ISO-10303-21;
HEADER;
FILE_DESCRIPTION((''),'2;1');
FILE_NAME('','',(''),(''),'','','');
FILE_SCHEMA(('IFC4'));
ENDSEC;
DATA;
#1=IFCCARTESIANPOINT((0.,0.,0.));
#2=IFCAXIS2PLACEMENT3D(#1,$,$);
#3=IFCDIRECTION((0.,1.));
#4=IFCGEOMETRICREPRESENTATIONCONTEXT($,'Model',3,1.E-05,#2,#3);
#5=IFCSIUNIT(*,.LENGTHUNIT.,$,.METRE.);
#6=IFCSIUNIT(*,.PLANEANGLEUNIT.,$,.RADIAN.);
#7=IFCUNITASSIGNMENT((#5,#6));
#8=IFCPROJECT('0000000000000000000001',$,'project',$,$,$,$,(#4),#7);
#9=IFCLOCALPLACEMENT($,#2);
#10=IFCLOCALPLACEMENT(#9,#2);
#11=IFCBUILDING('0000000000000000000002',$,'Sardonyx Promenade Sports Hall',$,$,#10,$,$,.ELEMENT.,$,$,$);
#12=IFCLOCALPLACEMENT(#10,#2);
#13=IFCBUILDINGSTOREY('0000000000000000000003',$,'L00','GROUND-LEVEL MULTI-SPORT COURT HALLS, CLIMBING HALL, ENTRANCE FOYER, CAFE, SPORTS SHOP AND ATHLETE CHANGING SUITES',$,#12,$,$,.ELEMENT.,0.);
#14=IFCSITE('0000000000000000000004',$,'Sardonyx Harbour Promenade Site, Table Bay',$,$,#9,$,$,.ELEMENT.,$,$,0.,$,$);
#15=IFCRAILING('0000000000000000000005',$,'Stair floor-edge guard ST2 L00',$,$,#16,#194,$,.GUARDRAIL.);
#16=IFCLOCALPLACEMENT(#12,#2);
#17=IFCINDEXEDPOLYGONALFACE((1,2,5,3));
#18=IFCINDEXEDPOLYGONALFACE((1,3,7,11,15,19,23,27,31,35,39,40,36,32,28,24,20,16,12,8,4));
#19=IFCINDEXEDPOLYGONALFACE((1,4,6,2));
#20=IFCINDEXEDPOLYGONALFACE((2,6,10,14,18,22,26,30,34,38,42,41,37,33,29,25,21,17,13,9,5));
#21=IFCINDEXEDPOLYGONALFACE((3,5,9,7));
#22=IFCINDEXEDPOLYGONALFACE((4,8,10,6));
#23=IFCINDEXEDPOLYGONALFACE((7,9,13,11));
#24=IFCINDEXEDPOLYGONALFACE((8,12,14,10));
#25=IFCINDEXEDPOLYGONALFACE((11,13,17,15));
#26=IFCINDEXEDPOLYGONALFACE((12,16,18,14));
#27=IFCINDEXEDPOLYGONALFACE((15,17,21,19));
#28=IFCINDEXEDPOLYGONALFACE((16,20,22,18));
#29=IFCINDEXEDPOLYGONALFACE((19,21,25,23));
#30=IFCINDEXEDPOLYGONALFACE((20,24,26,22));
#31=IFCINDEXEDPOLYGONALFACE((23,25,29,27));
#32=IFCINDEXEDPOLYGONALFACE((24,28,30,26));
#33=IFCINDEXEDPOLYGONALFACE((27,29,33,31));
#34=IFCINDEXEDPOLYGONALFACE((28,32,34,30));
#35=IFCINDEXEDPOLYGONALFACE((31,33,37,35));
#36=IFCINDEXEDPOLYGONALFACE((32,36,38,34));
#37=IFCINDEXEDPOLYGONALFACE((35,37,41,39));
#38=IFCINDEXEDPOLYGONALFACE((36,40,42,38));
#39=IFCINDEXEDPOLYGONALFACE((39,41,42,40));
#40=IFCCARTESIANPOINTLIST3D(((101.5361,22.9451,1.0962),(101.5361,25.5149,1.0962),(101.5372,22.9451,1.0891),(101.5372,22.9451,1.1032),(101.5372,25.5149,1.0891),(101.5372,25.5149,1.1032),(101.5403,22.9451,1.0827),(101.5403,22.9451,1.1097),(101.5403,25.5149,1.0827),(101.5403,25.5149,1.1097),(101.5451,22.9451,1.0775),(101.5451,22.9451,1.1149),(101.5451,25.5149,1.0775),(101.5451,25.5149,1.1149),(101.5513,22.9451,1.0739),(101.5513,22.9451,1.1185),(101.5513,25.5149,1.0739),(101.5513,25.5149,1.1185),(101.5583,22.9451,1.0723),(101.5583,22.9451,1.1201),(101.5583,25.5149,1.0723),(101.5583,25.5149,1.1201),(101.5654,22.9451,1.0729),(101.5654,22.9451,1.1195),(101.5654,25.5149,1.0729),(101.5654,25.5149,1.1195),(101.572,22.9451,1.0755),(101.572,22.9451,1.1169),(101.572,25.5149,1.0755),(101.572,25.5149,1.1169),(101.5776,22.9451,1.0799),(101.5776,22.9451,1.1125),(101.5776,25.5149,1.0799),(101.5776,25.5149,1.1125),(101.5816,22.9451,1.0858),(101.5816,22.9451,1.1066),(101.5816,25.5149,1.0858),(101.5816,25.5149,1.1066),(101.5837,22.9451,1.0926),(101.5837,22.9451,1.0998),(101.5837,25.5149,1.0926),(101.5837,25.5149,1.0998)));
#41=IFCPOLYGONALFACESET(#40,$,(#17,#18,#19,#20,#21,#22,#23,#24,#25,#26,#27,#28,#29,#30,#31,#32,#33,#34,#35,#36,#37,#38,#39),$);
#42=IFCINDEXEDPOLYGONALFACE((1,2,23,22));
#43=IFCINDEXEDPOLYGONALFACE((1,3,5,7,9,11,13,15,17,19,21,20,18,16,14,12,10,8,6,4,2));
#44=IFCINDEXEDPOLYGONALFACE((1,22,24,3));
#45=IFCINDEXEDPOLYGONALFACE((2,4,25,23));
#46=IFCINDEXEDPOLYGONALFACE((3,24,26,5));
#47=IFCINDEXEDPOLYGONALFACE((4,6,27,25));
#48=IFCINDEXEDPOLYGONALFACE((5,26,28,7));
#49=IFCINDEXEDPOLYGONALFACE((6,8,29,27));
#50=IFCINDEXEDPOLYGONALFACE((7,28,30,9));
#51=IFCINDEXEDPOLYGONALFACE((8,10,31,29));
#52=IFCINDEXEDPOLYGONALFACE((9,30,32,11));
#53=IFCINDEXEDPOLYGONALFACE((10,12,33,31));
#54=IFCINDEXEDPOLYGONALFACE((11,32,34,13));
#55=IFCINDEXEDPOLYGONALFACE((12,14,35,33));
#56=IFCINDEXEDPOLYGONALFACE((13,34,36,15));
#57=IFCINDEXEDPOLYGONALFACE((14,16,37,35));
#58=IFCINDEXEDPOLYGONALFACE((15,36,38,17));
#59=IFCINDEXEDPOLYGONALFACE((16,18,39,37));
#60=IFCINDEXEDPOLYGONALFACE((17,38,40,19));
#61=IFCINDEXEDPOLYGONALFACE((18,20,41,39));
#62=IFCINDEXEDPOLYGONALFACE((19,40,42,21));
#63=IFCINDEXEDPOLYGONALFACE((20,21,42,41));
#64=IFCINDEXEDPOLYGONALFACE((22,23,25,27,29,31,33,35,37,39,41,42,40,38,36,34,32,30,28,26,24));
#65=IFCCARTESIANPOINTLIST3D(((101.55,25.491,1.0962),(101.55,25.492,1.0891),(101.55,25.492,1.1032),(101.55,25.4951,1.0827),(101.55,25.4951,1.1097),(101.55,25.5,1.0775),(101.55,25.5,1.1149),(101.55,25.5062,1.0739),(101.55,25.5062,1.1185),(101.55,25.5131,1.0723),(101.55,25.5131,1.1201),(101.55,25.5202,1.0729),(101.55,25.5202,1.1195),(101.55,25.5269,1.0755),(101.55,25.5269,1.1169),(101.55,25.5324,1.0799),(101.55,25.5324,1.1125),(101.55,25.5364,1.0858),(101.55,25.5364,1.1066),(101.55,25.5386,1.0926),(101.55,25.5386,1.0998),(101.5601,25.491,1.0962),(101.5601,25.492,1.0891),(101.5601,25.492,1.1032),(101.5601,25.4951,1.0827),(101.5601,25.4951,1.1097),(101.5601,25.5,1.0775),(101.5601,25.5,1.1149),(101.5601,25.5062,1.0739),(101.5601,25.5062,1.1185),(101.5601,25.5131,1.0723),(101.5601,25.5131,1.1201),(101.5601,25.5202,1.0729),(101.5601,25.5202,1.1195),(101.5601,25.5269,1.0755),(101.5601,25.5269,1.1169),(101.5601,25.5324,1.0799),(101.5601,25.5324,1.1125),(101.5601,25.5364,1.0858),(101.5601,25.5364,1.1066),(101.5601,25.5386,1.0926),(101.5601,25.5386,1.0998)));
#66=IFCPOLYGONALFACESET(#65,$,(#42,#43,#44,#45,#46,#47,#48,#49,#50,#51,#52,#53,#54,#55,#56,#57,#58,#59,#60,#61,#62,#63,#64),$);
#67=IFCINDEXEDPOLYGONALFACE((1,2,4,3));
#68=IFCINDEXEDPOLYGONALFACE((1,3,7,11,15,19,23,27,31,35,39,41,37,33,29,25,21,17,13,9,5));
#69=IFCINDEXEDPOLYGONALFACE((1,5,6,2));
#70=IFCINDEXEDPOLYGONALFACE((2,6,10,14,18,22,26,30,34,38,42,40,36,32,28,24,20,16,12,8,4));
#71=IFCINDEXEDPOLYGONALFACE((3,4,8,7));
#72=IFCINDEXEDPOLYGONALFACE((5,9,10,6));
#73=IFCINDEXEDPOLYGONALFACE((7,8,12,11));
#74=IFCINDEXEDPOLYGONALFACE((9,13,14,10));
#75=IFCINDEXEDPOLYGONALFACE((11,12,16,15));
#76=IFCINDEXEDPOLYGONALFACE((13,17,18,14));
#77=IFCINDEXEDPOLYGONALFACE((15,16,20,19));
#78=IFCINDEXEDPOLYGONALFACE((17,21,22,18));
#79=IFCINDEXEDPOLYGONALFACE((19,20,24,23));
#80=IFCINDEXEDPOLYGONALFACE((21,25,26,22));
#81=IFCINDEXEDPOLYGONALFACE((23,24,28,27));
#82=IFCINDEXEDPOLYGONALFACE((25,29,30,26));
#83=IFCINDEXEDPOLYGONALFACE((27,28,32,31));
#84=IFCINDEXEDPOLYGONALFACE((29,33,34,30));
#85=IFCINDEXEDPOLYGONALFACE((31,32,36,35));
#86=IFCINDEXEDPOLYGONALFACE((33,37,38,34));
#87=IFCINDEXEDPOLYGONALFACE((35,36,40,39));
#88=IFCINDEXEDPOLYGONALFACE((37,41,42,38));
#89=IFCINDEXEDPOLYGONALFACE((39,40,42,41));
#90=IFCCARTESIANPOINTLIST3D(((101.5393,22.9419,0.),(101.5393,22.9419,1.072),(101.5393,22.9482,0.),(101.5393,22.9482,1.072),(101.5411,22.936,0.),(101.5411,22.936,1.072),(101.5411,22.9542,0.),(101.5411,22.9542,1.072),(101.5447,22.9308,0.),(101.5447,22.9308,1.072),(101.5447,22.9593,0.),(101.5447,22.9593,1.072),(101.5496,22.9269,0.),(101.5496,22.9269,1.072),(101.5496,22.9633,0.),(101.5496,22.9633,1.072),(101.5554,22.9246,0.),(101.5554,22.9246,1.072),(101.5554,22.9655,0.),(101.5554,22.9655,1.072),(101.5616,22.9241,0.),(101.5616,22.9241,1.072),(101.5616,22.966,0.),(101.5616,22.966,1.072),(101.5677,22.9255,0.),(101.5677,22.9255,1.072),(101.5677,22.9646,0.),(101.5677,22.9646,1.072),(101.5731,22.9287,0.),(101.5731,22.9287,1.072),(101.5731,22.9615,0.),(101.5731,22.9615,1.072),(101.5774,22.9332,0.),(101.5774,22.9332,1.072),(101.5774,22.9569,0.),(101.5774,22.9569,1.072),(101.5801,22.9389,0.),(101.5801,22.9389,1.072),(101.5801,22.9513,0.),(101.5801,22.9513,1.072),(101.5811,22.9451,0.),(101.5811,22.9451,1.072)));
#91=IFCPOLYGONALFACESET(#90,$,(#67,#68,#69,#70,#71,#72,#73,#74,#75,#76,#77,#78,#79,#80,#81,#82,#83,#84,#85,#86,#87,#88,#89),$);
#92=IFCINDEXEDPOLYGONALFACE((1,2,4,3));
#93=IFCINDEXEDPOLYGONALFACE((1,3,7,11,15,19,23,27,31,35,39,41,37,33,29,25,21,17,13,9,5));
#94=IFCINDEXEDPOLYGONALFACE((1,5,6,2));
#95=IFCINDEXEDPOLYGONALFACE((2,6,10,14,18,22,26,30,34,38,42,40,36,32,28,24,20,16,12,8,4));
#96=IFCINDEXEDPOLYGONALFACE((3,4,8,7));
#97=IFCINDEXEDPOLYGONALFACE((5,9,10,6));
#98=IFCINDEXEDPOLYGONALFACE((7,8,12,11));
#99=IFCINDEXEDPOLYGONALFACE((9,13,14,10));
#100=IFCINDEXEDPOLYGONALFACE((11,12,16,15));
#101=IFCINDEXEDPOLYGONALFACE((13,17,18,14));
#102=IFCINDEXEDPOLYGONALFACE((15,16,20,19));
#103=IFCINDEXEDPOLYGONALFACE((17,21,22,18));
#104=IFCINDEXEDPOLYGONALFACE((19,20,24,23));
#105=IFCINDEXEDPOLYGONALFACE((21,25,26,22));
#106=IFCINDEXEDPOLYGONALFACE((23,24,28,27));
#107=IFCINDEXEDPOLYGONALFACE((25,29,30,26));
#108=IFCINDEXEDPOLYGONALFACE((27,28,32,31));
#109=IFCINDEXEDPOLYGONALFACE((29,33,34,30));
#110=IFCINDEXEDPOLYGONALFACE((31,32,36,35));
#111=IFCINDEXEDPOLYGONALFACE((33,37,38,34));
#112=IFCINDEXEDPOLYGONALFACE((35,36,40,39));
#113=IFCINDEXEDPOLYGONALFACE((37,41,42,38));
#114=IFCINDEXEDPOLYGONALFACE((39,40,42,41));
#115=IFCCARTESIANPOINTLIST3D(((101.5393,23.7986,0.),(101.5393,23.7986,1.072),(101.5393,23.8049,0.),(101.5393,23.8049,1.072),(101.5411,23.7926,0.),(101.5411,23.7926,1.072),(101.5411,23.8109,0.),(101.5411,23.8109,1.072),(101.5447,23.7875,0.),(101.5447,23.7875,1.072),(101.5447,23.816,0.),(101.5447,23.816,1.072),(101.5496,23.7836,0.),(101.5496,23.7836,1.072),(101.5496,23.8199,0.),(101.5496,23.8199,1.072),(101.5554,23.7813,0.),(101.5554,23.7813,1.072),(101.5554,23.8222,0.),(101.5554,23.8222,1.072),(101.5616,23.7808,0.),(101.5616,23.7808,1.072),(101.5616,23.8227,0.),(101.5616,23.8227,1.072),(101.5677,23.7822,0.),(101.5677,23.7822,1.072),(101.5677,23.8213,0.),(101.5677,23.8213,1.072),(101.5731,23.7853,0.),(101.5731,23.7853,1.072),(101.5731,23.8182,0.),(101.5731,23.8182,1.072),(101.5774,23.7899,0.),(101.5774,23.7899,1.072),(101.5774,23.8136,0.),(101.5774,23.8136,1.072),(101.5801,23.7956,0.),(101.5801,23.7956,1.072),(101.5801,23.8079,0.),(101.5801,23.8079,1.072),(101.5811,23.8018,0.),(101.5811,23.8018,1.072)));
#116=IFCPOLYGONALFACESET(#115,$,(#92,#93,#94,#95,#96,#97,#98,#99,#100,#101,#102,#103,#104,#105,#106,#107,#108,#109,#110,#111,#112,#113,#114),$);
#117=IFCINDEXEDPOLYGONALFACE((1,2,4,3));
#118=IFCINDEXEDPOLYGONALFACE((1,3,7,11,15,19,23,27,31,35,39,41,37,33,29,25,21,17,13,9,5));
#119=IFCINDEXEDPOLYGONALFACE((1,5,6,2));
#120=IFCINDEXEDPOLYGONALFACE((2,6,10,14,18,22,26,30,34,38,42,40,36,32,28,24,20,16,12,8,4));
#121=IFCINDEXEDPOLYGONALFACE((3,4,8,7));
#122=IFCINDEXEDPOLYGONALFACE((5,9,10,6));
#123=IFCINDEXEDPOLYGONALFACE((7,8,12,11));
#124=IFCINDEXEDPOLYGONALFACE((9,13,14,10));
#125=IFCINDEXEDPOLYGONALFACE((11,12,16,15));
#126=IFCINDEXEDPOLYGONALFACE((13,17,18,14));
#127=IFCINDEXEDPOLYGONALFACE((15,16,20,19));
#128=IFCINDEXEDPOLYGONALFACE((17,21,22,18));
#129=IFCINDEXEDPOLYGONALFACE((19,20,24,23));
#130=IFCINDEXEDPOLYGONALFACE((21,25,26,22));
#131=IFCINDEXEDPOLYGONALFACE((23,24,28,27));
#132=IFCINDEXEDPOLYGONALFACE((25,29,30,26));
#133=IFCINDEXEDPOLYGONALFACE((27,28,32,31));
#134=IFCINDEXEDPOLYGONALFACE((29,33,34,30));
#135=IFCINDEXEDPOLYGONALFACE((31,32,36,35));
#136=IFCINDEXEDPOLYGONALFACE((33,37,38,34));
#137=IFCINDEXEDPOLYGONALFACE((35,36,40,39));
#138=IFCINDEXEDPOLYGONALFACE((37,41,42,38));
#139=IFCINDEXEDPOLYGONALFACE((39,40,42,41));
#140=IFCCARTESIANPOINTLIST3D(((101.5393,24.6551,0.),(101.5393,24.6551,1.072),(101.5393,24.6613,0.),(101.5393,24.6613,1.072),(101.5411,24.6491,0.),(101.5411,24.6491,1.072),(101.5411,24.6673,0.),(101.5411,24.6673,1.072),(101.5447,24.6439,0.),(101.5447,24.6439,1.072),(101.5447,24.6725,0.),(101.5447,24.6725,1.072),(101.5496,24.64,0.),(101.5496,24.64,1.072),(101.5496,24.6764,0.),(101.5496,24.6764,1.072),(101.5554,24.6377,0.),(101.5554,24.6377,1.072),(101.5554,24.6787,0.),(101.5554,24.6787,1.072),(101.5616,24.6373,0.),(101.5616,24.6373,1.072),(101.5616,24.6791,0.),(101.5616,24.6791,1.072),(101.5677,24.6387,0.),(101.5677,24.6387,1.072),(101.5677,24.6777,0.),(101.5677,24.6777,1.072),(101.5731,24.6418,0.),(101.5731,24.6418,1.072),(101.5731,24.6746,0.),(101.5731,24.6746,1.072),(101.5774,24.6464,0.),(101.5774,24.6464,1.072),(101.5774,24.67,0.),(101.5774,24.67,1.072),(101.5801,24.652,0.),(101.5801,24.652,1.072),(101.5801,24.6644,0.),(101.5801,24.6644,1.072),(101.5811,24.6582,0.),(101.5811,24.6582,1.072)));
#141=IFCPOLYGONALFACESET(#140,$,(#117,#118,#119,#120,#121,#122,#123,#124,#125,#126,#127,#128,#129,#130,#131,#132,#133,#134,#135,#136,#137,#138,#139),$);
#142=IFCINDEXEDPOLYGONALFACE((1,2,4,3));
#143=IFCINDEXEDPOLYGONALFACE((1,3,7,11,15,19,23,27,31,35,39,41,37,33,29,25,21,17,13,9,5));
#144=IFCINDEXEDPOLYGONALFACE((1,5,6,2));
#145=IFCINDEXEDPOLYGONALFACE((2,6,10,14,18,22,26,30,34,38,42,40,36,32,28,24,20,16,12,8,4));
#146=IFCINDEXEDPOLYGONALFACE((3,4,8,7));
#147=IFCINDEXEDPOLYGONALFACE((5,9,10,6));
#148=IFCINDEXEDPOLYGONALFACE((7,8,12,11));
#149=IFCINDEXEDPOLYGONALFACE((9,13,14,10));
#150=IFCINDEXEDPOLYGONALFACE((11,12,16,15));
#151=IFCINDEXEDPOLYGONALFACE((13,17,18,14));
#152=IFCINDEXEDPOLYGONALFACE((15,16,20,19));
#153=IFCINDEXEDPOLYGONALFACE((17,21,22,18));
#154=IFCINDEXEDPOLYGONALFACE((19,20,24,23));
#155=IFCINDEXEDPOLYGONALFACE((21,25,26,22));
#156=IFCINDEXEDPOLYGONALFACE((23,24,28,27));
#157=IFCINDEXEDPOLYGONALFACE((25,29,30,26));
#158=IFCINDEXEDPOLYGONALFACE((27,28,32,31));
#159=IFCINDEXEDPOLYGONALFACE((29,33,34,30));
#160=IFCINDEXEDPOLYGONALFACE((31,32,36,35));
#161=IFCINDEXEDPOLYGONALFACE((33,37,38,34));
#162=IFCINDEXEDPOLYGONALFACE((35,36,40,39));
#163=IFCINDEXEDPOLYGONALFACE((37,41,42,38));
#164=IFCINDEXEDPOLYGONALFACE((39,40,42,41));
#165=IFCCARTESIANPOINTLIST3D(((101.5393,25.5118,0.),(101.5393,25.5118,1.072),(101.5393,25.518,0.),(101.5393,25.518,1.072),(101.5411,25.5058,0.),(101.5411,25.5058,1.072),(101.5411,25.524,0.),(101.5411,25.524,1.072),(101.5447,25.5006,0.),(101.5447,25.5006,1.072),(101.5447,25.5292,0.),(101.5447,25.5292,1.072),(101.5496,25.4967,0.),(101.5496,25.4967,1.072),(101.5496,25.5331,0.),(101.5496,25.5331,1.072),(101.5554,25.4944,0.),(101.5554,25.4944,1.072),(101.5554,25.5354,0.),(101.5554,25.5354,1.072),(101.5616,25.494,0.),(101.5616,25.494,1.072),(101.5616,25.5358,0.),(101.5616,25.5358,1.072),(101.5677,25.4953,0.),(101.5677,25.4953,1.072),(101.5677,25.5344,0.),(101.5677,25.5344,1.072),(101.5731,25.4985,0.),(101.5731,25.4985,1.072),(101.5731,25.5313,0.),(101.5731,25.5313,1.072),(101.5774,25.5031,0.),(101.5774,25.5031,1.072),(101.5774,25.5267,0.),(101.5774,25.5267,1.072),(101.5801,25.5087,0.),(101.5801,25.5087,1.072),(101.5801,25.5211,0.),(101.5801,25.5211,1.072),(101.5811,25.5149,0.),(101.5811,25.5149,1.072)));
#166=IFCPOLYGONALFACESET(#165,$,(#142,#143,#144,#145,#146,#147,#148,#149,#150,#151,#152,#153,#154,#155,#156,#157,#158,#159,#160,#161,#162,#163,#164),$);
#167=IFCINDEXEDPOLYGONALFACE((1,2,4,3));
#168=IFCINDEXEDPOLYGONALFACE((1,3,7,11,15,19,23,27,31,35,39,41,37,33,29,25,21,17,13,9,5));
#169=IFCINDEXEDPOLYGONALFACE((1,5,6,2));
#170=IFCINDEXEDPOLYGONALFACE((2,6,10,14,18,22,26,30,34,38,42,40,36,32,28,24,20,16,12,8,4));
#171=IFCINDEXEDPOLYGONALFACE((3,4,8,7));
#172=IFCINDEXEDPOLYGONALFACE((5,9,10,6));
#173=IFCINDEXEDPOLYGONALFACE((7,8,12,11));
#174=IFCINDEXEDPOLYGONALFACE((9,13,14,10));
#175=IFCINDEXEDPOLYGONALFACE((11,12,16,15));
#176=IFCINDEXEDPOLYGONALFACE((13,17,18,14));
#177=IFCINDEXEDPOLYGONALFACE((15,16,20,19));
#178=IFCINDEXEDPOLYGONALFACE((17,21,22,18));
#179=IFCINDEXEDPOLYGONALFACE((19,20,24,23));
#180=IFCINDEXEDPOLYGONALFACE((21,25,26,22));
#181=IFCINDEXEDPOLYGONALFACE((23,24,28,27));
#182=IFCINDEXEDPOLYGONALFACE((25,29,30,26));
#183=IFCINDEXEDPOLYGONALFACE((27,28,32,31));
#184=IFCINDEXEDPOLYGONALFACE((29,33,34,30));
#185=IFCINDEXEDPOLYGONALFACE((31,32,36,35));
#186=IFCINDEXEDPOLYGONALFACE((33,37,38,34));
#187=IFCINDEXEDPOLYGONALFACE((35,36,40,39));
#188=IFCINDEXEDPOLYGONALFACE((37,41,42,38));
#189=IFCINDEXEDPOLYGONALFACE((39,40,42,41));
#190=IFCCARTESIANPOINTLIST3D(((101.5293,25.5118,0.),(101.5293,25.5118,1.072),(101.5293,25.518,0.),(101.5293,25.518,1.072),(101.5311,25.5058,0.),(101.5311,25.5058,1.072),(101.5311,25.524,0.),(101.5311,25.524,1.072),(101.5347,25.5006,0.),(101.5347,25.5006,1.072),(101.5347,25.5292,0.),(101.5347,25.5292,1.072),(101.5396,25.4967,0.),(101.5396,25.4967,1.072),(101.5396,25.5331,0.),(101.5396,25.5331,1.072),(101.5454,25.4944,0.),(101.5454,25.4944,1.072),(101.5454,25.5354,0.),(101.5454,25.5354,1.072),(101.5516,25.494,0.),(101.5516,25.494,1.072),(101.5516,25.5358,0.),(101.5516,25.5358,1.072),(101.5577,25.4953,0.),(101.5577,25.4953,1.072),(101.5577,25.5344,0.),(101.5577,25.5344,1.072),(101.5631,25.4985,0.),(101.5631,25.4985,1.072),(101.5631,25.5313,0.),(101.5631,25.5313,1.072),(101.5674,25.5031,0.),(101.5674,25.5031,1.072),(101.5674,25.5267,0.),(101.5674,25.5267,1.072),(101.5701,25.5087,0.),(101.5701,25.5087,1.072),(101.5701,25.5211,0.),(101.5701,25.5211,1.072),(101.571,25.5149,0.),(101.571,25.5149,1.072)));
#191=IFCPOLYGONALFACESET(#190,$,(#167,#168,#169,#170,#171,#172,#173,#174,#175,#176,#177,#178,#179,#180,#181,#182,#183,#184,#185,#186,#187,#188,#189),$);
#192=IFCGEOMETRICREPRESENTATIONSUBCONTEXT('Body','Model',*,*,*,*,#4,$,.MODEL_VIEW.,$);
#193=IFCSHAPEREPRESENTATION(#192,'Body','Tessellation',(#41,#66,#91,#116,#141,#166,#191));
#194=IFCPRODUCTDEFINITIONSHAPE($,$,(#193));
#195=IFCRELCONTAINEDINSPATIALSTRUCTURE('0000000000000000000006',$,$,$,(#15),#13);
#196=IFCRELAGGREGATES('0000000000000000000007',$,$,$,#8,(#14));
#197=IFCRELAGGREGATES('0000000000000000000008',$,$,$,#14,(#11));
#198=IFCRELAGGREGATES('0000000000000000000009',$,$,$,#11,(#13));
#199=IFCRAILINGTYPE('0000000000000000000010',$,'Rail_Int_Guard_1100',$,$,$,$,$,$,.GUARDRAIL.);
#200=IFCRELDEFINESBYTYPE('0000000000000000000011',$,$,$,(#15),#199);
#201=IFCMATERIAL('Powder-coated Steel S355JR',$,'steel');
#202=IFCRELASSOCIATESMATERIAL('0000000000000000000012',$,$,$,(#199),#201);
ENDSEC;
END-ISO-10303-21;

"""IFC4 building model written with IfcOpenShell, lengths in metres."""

from ifc_helpers import new_model, si_unit, direction, frame, origin, origin_2d, place, context, subcontext, project, spatial, circle, extrude, material, type_object, element, save


model = new_model("IFC4")

# Units and contexts
model_context = context("Model", 3, precision=1e-05, world=origin(), true_north=direction((0.0, 1.0)))
body_context = subcontext(model_context, "Body", "Model", "MODEL_VIEW")
ifc_project = project(units=[si_unit("LENGTHUNIT", "METRE"), si_unit("PLANEANGLEUNIT", "RADIAN")], contexts=[model_context])

# Site, building, storey
site_placement = place(None, origin())
site = spatial("IfcSite", under=ifc_project, at=site_placement, Name="Sardonyx Harbour Promenade Site, Table Bay", CompositionType="ELEMENT", RefElevation=0.0)
building_placement = place(site_placement, origin())
building = spatial("IfcBuilding", under=site, at=building_placement, Name="Sardonyx Promenade Sports Hall", CompositionType="ELEMENT")
storey_placement = place(building_placement, origin())
storey = spatial("IfcBuildingStorey", under=building, at=storey_placement, Name="L00", Description="GROUND-LEVEL MULTI-SPORT COURT HALLS, CLIMBING HALL, ENTRANCE FOYER, CAFE, SPORTS SHOP AND ATHLETE CHANGING SUITES", CompositionType="ELEMENT", Elevation=0.0)

# Railing
ifc_material_1 = material(Name="Powder-coated Steel S355JR", Category="steel")
railing_type_1 = type_object("IfcRailingType", Name="Rail_Int_Guard_1100", PredefinedType="GUARDRAIL", material=ifc_material_1)
railing_1_placement = place(storey_placement, frame((101.5601, 22.9451, 0.0)))
element("IfcRailing", 1, at=railing_1_placement, inside=storey, type_object=railing_type_1, Name="Stair floor-edge guard ST2 L00", PredefinedType="GUARDRAIL", context=body_context, shape_type="SweptSolid", body=[
    extrude(circle(Radius=0.0239, at=origin_2d()), frame((0.0, 0.0, 1.0962), z_axis=(0.0, 1.0, 0.0), x_axis=(-1.0, 0.0, 0.0)), (0.0, 0.0, 1.0), 2.5698),
    extrude(circle(Radius=0.0239, at=origin_2d()), frame((0.0, 2.5698, 1.0962), z_axis=(-1.0, 0.0, 0.0), x_axis=(0.0, -1.0, 0.0)), (0.0, 0.0, 1.0), 0.01),
    extrude(circle(Radius=0.021, at=origin_2d()), origin(), (0.0, 0.0, 1.0), 1.072),
    extrude(circle(Radius=0.021, at=origin_2d()), frame((0.0, 0.8567, 0.0)), (0.0, 0.0, 1.0), 1.072),
    extrude(circle(Radius=0.021, at=origin_2d()), frame((0.0, 1.7131, 0.0)), (0.0, 0.0, 1.0), 1.072),
    extrude(circle(Radius=0.021, at=origin_2d()), frame((0.0, 2.5698, 0.0)), (0.0, 0.0, 1.0), 1.072),
    extrude(circle(Radius=0.021, at=origin_2d()), frame((-0.01, 2.5698, 0.0)), (0.0, 0.0, 1.0), 1.072),
])

save(model, "model.ifc")
